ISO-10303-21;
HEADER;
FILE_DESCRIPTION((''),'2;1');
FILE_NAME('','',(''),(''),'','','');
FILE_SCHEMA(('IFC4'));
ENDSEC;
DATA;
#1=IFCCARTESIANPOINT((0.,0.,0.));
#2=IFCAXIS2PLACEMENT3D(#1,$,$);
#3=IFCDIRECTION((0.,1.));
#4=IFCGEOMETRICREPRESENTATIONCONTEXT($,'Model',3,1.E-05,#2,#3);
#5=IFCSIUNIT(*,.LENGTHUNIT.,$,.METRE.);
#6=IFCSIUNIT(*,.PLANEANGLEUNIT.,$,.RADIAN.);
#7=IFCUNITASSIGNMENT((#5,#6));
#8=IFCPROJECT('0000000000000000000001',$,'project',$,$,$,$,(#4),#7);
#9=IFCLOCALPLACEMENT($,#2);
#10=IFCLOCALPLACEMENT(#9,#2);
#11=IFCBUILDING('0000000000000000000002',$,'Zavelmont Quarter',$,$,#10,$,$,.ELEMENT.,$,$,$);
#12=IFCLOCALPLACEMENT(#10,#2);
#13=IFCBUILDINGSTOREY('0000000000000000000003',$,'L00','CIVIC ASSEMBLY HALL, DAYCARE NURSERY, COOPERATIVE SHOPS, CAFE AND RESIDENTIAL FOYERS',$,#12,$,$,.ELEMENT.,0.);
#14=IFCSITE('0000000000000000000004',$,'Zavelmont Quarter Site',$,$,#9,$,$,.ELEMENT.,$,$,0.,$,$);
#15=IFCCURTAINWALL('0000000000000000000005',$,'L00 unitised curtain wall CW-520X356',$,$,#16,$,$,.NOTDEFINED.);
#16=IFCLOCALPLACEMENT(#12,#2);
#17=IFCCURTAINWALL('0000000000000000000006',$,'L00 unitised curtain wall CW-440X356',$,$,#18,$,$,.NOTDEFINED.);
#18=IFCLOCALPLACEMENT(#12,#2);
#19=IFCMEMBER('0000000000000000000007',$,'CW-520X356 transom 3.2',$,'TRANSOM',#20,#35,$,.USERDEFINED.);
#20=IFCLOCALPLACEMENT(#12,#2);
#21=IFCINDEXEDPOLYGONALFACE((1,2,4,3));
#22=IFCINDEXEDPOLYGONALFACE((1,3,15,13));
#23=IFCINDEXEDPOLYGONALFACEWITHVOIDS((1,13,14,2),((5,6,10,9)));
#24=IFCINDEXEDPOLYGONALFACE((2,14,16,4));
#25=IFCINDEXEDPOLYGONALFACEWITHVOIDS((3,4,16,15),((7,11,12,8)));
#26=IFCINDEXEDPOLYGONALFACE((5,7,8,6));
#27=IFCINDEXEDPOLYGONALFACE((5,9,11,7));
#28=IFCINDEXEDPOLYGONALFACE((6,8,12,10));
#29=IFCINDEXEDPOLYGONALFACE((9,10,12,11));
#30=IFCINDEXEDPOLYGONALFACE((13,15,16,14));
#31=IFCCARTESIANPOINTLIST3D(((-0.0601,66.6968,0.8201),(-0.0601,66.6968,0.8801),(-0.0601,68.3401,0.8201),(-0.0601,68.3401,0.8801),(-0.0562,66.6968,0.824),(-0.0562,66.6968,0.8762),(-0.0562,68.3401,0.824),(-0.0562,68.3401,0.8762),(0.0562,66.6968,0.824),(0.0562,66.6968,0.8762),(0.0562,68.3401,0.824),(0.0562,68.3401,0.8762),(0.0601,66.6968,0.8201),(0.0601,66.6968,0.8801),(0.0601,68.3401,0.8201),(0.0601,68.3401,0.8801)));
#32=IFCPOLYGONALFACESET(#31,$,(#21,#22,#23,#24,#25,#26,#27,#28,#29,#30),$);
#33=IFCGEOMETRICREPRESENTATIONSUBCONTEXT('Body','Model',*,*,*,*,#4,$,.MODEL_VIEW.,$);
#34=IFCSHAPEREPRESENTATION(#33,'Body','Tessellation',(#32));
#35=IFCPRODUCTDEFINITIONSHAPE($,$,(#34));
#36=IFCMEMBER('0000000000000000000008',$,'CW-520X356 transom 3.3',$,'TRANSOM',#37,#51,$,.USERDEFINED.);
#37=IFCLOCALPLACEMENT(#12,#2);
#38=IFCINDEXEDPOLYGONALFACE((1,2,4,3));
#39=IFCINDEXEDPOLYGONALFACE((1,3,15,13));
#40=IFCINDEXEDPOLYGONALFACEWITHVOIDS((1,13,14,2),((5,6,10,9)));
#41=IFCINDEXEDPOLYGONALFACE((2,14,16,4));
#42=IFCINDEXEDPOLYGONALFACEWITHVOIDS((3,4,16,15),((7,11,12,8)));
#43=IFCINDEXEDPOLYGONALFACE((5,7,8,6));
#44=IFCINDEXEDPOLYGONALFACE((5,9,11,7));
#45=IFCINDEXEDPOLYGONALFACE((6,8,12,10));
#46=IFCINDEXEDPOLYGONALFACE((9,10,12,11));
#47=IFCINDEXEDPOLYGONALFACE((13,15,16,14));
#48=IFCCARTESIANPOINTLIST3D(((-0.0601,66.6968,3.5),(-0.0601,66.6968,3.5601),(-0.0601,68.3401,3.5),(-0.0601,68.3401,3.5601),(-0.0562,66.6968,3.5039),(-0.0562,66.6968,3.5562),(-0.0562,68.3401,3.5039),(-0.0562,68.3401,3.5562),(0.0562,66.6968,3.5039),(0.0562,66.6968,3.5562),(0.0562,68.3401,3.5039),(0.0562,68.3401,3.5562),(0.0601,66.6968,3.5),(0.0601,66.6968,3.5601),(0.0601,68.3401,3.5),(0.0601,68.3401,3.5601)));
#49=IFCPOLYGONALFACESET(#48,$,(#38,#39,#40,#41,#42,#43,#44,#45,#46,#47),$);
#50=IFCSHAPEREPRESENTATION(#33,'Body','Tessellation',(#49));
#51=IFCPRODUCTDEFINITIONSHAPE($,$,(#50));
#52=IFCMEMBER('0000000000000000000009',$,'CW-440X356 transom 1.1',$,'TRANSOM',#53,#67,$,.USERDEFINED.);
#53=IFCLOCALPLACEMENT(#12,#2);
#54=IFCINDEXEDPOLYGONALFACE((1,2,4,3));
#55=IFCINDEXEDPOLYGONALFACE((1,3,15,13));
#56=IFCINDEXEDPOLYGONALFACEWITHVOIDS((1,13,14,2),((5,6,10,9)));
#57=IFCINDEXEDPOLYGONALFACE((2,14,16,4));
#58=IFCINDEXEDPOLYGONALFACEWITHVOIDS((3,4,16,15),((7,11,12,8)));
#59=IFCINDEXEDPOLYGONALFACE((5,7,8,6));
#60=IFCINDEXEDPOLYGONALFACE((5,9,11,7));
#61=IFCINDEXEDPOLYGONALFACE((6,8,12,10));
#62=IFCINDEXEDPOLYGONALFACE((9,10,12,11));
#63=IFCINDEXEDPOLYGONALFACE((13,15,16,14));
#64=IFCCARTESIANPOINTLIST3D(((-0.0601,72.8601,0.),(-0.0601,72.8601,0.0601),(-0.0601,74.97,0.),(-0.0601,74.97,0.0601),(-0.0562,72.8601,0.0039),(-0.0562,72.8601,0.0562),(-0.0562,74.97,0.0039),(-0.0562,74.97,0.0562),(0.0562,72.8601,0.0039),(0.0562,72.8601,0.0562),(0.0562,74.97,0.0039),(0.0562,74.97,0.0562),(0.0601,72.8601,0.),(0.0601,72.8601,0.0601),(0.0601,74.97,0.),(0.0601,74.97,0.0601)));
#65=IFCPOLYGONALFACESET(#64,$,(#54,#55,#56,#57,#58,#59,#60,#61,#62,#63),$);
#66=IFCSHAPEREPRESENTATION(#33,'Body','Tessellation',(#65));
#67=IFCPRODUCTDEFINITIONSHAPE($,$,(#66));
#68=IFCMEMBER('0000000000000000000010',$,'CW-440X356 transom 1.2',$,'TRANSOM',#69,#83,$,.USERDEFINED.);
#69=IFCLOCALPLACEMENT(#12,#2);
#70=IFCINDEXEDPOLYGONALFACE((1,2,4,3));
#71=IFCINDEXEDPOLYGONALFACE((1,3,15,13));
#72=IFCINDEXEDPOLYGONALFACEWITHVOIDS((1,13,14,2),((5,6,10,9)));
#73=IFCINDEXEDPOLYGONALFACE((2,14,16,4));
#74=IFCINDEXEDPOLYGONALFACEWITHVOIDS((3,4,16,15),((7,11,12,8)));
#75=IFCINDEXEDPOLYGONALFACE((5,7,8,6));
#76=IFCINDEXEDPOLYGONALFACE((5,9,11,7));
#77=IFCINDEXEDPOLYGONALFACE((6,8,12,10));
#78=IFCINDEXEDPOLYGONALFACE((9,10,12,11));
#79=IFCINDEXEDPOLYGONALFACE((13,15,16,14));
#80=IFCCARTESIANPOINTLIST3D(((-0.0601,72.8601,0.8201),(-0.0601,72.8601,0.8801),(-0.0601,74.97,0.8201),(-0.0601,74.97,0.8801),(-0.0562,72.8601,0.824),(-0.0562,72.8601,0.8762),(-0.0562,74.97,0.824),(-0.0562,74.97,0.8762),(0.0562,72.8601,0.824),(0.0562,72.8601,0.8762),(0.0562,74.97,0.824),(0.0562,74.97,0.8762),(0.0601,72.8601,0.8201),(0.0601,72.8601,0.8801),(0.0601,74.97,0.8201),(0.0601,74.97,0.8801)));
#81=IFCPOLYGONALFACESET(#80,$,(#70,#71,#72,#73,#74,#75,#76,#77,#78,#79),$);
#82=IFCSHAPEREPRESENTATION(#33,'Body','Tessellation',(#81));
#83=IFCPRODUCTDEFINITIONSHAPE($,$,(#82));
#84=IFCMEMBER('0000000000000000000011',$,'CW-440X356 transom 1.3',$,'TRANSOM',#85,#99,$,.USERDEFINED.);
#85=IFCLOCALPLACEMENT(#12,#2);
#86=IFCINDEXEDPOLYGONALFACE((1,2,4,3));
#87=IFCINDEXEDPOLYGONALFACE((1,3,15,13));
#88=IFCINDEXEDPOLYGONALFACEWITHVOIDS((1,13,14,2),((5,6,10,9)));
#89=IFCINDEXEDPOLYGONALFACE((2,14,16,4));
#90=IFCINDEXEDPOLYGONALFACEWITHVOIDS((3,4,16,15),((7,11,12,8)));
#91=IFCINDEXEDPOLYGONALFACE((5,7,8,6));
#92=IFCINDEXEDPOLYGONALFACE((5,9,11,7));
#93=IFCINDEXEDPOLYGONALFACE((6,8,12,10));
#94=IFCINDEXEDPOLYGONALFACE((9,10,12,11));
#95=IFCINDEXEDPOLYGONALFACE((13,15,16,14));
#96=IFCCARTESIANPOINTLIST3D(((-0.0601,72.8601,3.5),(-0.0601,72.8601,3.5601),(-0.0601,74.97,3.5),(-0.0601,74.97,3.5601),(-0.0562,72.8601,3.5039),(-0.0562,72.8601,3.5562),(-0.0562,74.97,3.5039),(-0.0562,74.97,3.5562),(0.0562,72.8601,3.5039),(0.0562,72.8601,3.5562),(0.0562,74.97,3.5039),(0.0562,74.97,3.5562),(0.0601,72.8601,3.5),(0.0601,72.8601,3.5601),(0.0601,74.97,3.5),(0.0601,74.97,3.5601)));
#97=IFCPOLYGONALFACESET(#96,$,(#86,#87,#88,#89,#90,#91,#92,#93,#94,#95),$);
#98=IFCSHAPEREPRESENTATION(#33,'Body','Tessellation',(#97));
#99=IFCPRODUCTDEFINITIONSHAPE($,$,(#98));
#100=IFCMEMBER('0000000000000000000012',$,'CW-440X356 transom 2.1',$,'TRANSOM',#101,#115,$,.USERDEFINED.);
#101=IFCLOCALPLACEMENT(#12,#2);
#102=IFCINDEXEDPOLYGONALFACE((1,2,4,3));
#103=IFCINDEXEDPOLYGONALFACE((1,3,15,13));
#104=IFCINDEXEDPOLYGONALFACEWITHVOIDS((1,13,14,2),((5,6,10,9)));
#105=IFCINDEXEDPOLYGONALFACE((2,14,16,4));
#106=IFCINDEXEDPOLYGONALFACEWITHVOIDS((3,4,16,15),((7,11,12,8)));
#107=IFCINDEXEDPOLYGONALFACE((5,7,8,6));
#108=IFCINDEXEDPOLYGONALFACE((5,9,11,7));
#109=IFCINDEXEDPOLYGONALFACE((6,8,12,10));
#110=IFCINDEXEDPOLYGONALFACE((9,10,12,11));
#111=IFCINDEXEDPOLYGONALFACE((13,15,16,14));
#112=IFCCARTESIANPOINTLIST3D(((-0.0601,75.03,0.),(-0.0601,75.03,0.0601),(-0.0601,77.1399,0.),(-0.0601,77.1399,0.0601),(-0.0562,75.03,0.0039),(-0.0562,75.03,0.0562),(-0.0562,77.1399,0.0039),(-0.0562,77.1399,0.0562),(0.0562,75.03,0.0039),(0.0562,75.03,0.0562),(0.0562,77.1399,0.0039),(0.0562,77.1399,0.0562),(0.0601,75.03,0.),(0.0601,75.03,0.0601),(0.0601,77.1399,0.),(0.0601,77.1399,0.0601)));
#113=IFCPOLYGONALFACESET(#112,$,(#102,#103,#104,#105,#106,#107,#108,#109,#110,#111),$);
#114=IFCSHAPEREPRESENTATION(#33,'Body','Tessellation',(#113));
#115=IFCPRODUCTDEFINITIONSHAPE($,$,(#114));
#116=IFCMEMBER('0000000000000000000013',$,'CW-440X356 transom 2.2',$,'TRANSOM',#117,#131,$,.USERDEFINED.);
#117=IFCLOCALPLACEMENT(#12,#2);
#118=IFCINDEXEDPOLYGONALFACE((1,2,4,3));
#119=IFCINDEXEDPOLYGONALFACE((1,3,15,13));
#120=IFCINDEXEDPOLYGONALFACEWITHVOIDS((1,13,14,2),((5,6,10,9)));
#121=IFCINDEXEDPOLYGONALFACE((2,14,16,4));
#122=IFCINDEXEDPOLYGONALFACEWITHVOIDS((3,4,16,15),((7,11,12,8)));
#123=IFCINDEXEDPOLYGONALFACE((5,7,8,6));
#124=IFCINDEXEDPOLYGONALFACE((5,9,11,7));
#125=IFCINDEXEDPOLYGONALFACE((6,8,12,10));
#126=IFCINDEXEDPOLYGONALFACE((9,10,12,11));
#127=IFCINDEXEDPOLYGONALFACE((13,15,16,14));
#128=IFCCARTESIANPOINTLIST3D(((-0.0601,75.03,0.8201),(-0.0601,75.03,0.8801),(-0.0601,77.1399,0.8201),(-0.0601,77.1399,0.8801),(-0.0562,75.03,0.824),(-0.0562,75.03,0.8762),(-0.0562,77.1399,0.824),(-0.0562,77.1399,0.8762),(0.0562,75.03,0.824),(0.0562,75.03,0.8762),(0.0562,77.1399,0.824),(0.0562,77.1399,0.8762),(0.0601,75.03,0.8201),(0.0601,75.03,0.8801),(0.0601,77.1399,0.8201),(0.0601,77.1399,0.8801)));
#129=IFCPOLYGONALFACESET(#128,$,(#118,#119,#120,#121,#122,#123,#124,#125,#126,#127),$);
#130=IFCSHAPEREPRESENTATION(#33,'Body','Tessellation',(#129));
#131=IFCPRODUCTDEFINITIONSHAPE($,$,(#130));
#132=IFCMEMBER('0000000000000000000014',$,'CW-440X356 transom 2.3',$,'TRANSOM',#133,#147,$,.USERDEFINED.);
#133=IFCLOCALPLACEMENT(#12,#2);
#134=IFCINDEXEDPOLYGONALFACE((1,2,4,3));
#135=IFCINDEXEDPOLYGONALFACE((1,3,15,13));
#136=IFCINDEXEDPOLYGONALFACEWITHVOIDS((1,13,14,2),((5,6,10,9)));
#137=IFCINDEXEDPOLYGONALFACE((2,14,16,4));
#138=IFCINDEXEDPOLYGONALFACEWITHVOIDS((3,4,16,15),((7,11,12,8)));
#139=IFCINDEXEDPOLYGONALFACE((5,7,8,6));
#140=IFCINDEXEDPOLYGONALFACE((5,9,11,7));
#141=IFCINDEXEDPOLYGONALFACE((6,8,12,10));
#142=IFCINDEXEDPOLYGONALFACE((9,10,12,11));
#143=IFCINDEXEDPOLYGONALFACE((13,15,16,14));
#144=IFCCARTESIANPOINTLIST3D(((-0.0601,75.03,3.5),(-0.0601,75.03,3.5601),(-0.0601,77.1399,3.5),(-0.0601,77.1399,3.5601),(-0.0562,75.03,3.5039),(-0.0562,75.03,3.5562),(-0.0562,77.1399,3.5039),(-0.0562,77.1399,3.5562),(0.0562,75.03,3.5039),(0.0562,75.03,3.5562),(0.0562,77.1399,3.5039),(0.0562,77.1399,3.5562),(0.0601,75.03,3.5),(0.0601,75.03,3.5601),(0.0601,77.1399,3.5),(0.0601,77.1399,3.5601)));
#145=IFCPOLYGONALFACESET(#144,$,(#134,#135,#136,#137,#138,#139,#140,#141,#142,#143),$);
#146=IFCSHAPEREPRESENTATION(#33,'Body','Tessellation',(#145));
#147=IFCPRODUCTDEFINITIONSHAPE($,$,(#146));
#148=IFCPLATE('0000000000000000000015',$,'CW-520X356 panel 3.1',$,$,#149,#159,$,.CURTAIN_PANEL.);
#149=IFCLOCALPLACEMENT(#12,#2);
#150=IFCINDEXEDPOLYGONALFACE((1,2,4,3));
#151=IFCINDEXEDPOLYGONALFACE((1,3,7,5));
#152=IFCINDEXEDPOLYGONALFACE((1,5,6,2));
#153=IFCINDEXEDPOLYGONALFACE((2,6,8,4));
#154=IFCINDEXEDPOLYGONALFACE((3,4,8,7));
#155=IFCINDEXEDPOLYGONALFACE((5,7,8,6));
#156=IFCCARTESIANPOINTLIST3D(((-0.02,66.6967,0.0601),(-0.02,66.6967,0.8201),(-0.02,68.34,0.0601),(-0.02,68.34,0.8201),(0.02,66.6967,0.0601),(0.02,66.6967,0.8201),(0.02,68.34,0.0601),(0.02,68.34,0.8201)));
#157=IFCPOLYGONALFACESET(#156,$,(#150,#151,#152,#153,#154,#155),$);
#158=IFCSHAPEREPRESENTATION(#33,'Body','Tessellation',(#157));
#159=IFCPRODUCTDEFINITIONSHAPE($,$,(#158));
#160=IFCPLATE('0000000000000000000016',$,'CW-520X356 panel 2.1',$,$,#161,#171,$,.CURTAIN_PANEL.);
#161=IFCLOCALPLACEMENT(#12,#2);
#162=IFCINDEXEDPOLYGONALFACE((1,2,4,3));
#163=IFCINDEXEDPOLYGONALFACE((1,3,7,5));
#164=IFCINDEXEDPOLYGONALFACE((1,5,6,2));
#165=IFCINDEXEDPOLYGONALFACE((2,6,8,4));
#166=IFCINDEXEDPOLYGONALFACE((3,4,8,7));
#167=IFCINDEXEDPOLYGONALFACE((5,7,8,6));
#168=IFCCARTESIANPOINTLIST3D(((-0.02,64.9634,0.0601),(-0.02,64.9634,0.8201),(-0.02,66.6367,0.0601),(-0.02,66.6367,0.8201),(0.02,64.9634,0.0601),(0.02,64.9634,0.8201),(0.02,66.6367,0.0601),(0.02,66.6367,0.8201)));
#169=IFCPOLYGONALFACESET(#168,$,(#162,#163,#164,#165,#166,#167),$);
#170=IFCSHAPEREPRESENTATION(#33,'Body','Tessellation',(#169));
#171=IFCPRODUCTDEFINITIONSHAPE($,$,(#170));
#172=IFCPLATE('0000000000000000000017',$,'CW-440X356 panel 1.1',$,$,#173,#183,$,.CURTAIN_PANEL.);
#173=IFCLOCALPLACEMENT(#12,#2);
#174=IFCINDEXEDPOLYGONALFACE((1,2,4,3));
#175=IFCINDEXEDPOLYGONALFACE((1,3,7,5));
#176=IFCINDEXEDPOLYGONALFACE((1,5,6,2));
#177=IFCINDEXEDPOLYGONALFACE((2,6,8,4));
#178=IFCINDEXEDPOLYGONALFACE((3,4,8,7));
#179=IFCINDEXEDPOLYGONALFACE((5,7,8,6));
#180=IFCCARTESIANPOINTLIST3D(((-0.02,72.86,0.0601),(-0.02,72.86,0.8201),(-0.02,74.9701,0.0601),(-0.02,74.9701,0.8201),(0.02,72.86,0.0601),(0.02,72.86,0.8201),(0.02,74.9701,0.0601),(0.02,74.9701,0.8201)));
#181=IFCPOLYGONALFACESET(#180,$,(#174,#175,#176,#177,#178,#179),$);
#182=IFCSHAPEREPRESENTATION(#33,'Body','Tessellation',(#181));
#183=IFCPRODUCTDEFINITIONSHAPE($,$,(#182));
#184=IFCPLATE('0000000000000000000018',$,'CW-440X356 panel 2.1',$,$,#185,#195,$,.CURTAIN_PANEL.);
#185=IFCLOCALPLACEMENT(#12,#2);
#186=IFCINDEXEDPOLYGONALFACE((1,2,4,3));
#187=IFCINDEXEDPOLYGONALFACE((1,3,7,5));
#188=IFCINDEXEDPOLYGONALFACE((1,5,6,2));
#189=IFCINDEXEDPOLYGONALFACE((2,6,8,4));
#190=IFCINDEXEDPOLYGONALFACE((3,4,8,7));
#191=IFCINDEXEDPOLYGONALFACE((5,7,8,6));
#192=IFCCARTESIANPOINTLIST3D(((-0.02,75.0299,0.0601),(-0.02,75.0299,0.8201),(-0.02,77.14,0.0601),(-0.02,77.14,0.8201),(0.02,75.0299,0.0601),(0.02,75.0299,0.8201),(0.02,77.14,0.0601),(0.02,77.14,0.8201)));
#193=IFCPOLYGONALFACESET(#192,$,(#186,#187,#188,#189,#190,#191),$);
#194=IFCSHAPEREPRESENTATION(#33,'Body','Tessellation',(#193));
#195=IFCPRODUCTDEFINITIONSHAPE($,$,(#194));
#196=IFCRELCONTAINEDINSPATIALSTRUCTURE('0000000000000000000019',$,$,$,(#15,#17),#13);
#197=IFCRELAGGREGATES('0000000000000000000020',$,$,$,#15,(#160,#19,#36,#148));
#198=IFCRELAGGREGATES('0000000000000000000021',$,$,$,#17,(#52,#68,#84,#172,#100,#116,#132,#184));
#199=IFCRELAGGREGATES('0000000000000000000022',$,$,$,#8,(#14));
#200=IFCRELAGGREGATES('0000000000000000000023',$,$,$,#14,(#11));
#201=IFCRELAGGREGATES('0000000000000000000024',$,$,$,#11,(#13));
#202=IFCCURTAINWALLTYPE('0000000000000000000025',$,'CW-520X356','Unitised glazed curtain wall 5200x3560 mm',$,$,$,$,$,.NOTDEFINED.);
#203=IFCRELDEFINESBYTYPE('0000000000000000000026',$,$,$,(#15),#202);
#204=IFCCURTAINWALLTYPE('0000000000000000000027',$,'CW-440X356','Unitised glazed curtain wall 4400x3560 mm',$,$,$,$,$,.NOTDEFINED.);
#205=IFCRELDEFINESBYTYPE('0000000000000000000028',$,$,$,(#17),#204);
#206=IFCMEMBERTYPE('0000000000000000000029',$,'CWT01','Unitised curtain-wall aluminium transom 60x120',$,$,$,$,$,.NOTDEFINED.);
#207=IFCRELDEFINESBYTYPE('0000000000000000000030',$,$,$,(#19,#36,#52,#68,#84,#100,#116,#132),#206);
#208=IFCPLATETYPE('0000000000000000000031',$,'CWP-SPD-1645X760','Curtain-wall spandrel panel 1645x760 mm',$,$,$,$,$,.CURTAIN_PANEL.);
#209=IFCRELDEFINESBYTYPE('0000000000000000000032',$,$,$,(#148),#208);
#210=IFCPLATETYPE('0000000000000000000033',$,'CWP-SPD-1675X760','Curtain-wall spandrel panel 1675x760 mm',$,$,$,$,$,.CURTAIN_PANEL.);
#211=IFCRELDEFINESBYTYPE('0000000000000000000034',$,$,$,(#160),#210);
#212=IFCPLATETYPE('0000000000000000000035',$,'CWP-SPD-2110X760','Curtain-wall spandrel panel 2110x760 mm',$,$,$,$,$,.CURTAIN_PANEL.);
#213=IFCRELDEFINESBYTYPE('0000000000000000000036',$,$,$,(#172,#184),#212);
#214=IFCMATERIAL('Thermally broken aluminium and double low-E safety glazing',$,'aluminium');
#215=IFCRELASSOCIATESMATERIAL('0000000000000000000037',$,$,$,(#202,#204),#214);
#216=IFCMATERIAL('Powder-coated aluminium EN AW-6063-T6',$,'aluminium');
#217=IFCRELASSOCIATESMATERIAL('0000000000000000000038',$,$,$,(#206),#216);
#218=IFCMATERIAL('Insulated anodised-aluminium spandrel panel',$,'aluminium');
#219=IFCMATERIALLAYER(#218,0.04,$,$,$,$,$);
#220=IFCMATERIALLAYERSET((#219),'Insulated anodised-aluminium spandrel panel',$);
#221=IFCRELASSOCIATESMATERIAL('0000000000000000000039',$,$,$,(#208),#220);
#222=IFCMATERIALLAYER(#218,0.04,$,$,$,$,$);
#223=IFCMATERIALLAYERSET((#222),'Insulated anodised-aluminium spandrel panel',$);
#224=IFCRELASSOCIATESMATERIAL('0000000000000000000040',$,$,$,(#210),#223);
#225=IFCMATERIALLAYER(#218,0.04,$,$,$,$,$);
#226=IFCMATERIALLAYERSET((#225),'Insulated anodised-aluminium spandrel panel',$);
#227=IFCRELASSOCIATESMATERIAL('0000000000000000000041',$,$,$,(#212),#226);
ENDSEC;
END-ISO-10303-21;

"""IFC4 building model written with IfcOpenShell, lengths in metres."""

from ifc_helpers import new_model, si_unit, direction, frame, origin, origin_2d, place, context, subcontext, project, spatial, rectangle, hollow_rectangle, extrude, material, layer, layer_set, material_profile, profile_set, type_object, element, aggregate, save


model = new_model("IFC4")

# Units and contexts
model_context = context("Model", 3, precision=1e-05, world=origin(), true_north=direction((0.0, 1.0)))
body_context = subcontext(model_context, "Body", "Model", "MODEL_VIEW")
ifc_project = project(units=[si_unit("LENGTHUNIT", "METRE"), si_unit("PLANEANGLEUNIT", "RADIAN")], contexts=[model_context])

# Site, building, storey
site_placement = place(None, origin())
site = spatial("IfcSite", under=ifc_project, at=site_placement, Name="Zavelmont Quarter Site", CompositionType="ELEMENT", RefElevation=0.0)
building_placement = place(site_placement, origin())
building = spatial("IfcBuilding", under=site, at=building_placement, Name="Zavelmont Quarter", CompositionType="ELEMENT")
storey_placement = place(building_placement, origin())
storey = spatial("IfcBuildingStorey", under=building, at=storey_placement, Name="L00", Description="CIVIC ASSEMBLY HALL, DAYCARE NURSERY, COOPERATIVE SHOPS, CAFE AND RESIDENTIAL FOYERS", CompositionType="ELEMENT", Elevation=0.0)

# Curtain walls
ifc_material_1 = material(Name="Thermally broken aluminium and double low-E safety glazing", Category="aluminium")
curtain_wall_type_1 = type_object("IfcCurtainWallType", Name="CW-520X356", Description="Unitised glazed curtain wall 5200x3560 mm", PredefinedType="NOTDEFINED", material=ifc_material_1)
curtain_wall_1_placement = place(storey_placement, origin())
curtain_wall_1 = element("IfcCurtainWall", 1, at=curtain_wall_1_placement, inside=storey, type_object=curtain_wall_type_1, Name="L00 unitised curtain wall CW-520X356", PredefinedType="NOTDEFINED")
ifc_material_2 = material(Name="Powder-coated aluminium EN AW-6063-T6", Category="aluminium")
curtain_wall_type_2 = type_object("IfcCurtainWallType", Name="CW-440X356", Description="Unitised glazed curtain wall 4400x3560 mm", PredefinedType="NOTDEFINED", material=ifc_material_1)
curtain_wall_2_placement = place(storey_placement, origin())
curtain_wall_2 = element("IfcCurtainWall", 2, at=curtain_wall_2_placement, inside=storey, type_object=curtain_wall_type_2, Name="L00 unitised curtain wall CW-440X356", PredefinedType="NOTDEFINED")

# Members
ifc_material_profile_1 = material_profile(ifc_material_2, hollow_rectangle(XDim=0.1201, YDim=0.0601, WallThickness=0.0039, at=origin_2d()), Name="CWT60X120")
ifc_profile_set_1 = profile_set([ifc_material_profile_1], Name="Powder-coated aluminium EN AW-6063-T6")
member_type_1 = type_object("IfcMemberType", Name="CWT01", Description="Unitised curtain-wall aluminium transom 60x120", PredefinedType="NOTDEFINED", material=ifc_profile_set_1)
member_1_placement = place(storey_placement, frame((0.0, 66.6968, 0.8501), z_axis=(0.0, 1.0, 0.0), x_axis=(-1.0, 0.0, 0.0)))
member_1 = element("IfcMember", 3, at=member_1_placement, type_object=member_type_1, Name="CW-520X356 transom 3.2", ObjectType="TRANSOM", PredefinedType="USERDEFINED", context=body_context, shape_type="SweptSolid", body=[
    extrude(hollow_rectangle(XDim=0.1201, YDim=0.0601, WallThickness=0.0039, at=origin_2d()), origin(), (0.0, 0.0, 1.0), 1.6433),
])
member_2_placement = place(storey_placement, frame((0.0, 66.6968, 3.53), z_axis=(0.0, 1.0, 0.0), x_axis=(-1.0, 0.0, 0.0)))
member_2 = element("IfcMember", 4, at=member_2_placement, type_object=member_type_1, Name="CW-520X356 transom 3.3", ObjectType="TRANSOM", PredefinedType="USERDEFINED", context=body_context, shape_type="SweptSolid", body=[
    extrude(hollow_rectangle(XDim=0.1201, YDim=0.0601, WallThickness=0.0039, at=origin_2d()), origin(), (0.0, 0.0, 1.0), 1.6433),
])
member_3_placement = place(storey_placement, frame((0.0, 72.8601, 0.03), z_axis=(0.0, 1.0, 0.0), x_axis=(-1.0, 0.0, 0.0)))
member_3 = element("IfcMember", 5, at=member_3_placement, type_object=member_type_1, Name="CW-440X356 transom 1.1", ObjectType="TRANSOM", PredefinedType="USERDEFINED", context=body_context, shape_type="SweptSolid", body=[
    extrude(hollow_rectangle(XDim=0.1201, YDim=0.0601, WallThickness=0.0039, at=origin_2d()), origin(), (0.0, 0.0, 1.0), 2.1099),
])
member_4_placement = place(storey_placement, frame((0.0, 72.8601, 0.8501), z_axis=(0.0, 1.0, 0.0), x_axis=(-1.0, 0.0, 0.0)))
member_4 = element("IfcMember", 6, at=member_4_placement, type_object=member_type_1, Name="CW-440X356 transom 1.2", ObjectType="TRANSOM", PredefinedType="USERDEFINED", context=body_context, shape_type="SweptSolid", body=[
    extrude(hollow_rectangle(XDim=0.1201, YDim=0.0601, WallThickness=0.0039, at=origin_2d()), origin(), (0.0, 0.0, 1.0), 2.1099),
])
member_5_placement = place(storey_placement, frame((0.0, 72.8601, 3.53), z_axis=(0.0, 1.0, 0.0), x_axis=(-1.0, 0.0, 0.0)))
member_5 = element("IfcMember", 7, at=member_5_placement, type_object=member_type_1, Name="CW-440X356 transom 1.3", ObjectType="TRANSOM", PredefinedType="USERDEFINED", context=body_context, shape_type="SweptSolid", body=[
    extrude(hollow_rectangle(XDim=0.1201, YDim=0.0601, WallThickness=0.0039, at=origin_2d()), origin(), (0.0, 0.0, 1.0), 2.1099),
])
member_6_placement = place(storey_placement, frame((0.0, 75.03, 0.03), z_axis=(0.0, 1.0, 0.0), x_axis=(-1.0, 0.0, 0.0)))
member_6 = element("IfcMember", 8, at=member_6_placement, type_object=member_type_1, Name="CW-440X356 transom 2.1", ObjectType="TRANSOM", PredefinedType="USERDEFINED", context=body_context, shape_type="SweptSolid", body=[
    extrude(hollow_rectangle(XDim=0.1201, YDim=0.0601, WallThickness=0.0039, at=origin_2d()), origin(), (0.0, 0.0, 1.0), 2.1099),
])
member_7_placement = place(storey_placement, frame((0.0, 75.03, 0.8501), z_axis=(0.0, 1.0, 0.0), x_axis=(-1.0, 0.0, 0.0)))
member_7 = element("IfcMember", 9, at=member_7_placement, type_object=member_type_1, Name="CW-440X356 transom 2.2", ObjectType="TRANSOM", PredefinedType="USERDEFINED", context=body_context, shape_type="SweptSolid", body=[
    extrude(hollow_rectangle(XDim=0.1201, YDim=0.0601, WallThickness=0.0039, at=origin_2d()), origin(), (0.0, 0.0, 1.0), 2.1099),
])
member_8_placement = place(storey_placement, frame((0.0, 75.03, 3.53), z_axis=(0.0, 1.0, 0.0), x_axis=(-1.0, 0.0, 0.0)))
member_8 = element("IfcMember", 10, at=member_8_placement, type_object=member_type_1, Name="CW-440X356 transom 2.3", ObjectType="TRANSOM", PredefinedType="USERDEFINED", context=body_context, shape_type="SweptSolid", body=[
    extrude(hollow_rectangle(XDim=0.1201, YDim=0.0601, WallThickness=0.0039, at=origin_2d()), origin(), (0.0, 0.0, 1.0), 2.1099),
])

# Plates
ifc_material_3 = material(Name="Insulated anodised-aluminium spandrel panel", Category="aluminium")
ifc_layer_1 = layer(ifc_material_3, 0.04)
ifc_layer_set_1 = layer_set([ifc_layer_1], Name="Insulated anodised-aluminium spandrel panel")
plate_type_1 = type_object("IfcPlateType", Name="CWP-SPD-1645X760", Description="Curtain-wall spandrel panel 1645x760 mm", PredefinedType="CURTAIN_PANEL", material=ifc_layer_set_1)
plate_1_placement = place(storey_placement, frame((0.0, 67.5183, 0.0601), z_axis=(0.0, 0.0, 1.0), x_axis=(0.0, 1.0, 0.0)))
plate_1 = element("IfcPlate", 11, at=plate_1_placement, type_object=plate_type_1, Name="CW-520X356 panel 3.1", PredefinedType="CURTAIN_PANEL", context=body_context, shape_type="SweptSolid", body=[
    extrude(rectangle(XDim=1.6433, YDim=0.04, at=origin_2d()), origin(), (0.0, 0.0, 1.0), 0.76),
])
ifc_layer_2 = layer(ifc_material_3, 0.04)
ifc_layer_set_2 = layer_set([ifc_layer_2], Name="Insulated anodised-aluminium spandrel panel")
plate_type_2 = type_object("IfcPlateType", Name="CWP-SPD-1675X760", Description="Curtain-wall spandrel panel 1675x760 mm", PredefinedType="CURTAIN_PANEL", material=ifc_layer_set_2)
plate_2_placement = place(storey_placement, frame((0.0, 65.8, 0.0601), z_axis=(0.0, 0.0, 1.0), x_axis=(0.0, 1.0, 0.0)))
plate_2 = element("IfcPlate", 12, at=plate_2_placement, type_object=plate_type_2, Name="CW-520X356 panel 2.1", PredefinedType="CURTAIN_PANEL", context=body_context, shape_type="SweptSolid", body=[
    extrude(rectangle(XDim=1.6733, YDim=0.04, at=origin_2d()), origin(), (0.0, 0.0, 1.0), 0.76),
])
ifc_layer_3 = layer(ifc_material_3, 0.04)
ifc_layer_set_3 = layer_set([ifc_layer_3], Name="Insulated anodised-aluminium spandrel panel")
plate_type_3 = type_object("IfcPlateType", Name="CWP-SPD-2110X760", Description="Curtain-wall spandrel panel 2110x760 mm", PredefinedType="CURTAIN_PANEL", material=ifc_layer_set_3)
plate_3_placement = place(storey_placement, frame((0.0, 73.915, 0.0601), z_axis=(0.0, 0.0, 1.0), x_axis=(0.0, 1.0, 0.0)))
plate_3 = element("IfcPlate", 13, at=plate_3_placement, type_object=plate_type_3, Name="CW-440X356 panel 1.1", PredefinedType="CURTAIN_PANEL", context=body_context, shape_type="SweptSolid", body=[
    extrude(rectangle(XDim=2.1101, YDim=0.04, at=origin_2d()), origin(), (0.0, 0.0, 1.0), 0.76),
])
plate_4_placement = place(storey_placement, frame((0.0, 76.085, 0.0601), z_axis=(0.0, 0.0, 1.0), x_axis=(0.0, 1.0, 0.0)))
plate_4 = element("IfcPlate", 14, at=plate_4_placement, type_object=plate_type_3, Name="CW-440X356 panel 2.1", PredefinedType="CURTAIN_PANEL", context=body_context, shape_type="SweptSolid", body=[
    extrude(rectangle(XDim=2.1101, YDim=0.04, at=origin_2d()), origin(), (0.0, 0.0, 1.0), 0.76),
])
aggregate(curtain_wall_1, [plate_2, member_1, member_2, plate_1])
aggregate(curtain_wall_2, [member_3, member_4, member_5, plate_3, member_6, member_7, member_8, plate_4])

save(model, "model.ifc")
